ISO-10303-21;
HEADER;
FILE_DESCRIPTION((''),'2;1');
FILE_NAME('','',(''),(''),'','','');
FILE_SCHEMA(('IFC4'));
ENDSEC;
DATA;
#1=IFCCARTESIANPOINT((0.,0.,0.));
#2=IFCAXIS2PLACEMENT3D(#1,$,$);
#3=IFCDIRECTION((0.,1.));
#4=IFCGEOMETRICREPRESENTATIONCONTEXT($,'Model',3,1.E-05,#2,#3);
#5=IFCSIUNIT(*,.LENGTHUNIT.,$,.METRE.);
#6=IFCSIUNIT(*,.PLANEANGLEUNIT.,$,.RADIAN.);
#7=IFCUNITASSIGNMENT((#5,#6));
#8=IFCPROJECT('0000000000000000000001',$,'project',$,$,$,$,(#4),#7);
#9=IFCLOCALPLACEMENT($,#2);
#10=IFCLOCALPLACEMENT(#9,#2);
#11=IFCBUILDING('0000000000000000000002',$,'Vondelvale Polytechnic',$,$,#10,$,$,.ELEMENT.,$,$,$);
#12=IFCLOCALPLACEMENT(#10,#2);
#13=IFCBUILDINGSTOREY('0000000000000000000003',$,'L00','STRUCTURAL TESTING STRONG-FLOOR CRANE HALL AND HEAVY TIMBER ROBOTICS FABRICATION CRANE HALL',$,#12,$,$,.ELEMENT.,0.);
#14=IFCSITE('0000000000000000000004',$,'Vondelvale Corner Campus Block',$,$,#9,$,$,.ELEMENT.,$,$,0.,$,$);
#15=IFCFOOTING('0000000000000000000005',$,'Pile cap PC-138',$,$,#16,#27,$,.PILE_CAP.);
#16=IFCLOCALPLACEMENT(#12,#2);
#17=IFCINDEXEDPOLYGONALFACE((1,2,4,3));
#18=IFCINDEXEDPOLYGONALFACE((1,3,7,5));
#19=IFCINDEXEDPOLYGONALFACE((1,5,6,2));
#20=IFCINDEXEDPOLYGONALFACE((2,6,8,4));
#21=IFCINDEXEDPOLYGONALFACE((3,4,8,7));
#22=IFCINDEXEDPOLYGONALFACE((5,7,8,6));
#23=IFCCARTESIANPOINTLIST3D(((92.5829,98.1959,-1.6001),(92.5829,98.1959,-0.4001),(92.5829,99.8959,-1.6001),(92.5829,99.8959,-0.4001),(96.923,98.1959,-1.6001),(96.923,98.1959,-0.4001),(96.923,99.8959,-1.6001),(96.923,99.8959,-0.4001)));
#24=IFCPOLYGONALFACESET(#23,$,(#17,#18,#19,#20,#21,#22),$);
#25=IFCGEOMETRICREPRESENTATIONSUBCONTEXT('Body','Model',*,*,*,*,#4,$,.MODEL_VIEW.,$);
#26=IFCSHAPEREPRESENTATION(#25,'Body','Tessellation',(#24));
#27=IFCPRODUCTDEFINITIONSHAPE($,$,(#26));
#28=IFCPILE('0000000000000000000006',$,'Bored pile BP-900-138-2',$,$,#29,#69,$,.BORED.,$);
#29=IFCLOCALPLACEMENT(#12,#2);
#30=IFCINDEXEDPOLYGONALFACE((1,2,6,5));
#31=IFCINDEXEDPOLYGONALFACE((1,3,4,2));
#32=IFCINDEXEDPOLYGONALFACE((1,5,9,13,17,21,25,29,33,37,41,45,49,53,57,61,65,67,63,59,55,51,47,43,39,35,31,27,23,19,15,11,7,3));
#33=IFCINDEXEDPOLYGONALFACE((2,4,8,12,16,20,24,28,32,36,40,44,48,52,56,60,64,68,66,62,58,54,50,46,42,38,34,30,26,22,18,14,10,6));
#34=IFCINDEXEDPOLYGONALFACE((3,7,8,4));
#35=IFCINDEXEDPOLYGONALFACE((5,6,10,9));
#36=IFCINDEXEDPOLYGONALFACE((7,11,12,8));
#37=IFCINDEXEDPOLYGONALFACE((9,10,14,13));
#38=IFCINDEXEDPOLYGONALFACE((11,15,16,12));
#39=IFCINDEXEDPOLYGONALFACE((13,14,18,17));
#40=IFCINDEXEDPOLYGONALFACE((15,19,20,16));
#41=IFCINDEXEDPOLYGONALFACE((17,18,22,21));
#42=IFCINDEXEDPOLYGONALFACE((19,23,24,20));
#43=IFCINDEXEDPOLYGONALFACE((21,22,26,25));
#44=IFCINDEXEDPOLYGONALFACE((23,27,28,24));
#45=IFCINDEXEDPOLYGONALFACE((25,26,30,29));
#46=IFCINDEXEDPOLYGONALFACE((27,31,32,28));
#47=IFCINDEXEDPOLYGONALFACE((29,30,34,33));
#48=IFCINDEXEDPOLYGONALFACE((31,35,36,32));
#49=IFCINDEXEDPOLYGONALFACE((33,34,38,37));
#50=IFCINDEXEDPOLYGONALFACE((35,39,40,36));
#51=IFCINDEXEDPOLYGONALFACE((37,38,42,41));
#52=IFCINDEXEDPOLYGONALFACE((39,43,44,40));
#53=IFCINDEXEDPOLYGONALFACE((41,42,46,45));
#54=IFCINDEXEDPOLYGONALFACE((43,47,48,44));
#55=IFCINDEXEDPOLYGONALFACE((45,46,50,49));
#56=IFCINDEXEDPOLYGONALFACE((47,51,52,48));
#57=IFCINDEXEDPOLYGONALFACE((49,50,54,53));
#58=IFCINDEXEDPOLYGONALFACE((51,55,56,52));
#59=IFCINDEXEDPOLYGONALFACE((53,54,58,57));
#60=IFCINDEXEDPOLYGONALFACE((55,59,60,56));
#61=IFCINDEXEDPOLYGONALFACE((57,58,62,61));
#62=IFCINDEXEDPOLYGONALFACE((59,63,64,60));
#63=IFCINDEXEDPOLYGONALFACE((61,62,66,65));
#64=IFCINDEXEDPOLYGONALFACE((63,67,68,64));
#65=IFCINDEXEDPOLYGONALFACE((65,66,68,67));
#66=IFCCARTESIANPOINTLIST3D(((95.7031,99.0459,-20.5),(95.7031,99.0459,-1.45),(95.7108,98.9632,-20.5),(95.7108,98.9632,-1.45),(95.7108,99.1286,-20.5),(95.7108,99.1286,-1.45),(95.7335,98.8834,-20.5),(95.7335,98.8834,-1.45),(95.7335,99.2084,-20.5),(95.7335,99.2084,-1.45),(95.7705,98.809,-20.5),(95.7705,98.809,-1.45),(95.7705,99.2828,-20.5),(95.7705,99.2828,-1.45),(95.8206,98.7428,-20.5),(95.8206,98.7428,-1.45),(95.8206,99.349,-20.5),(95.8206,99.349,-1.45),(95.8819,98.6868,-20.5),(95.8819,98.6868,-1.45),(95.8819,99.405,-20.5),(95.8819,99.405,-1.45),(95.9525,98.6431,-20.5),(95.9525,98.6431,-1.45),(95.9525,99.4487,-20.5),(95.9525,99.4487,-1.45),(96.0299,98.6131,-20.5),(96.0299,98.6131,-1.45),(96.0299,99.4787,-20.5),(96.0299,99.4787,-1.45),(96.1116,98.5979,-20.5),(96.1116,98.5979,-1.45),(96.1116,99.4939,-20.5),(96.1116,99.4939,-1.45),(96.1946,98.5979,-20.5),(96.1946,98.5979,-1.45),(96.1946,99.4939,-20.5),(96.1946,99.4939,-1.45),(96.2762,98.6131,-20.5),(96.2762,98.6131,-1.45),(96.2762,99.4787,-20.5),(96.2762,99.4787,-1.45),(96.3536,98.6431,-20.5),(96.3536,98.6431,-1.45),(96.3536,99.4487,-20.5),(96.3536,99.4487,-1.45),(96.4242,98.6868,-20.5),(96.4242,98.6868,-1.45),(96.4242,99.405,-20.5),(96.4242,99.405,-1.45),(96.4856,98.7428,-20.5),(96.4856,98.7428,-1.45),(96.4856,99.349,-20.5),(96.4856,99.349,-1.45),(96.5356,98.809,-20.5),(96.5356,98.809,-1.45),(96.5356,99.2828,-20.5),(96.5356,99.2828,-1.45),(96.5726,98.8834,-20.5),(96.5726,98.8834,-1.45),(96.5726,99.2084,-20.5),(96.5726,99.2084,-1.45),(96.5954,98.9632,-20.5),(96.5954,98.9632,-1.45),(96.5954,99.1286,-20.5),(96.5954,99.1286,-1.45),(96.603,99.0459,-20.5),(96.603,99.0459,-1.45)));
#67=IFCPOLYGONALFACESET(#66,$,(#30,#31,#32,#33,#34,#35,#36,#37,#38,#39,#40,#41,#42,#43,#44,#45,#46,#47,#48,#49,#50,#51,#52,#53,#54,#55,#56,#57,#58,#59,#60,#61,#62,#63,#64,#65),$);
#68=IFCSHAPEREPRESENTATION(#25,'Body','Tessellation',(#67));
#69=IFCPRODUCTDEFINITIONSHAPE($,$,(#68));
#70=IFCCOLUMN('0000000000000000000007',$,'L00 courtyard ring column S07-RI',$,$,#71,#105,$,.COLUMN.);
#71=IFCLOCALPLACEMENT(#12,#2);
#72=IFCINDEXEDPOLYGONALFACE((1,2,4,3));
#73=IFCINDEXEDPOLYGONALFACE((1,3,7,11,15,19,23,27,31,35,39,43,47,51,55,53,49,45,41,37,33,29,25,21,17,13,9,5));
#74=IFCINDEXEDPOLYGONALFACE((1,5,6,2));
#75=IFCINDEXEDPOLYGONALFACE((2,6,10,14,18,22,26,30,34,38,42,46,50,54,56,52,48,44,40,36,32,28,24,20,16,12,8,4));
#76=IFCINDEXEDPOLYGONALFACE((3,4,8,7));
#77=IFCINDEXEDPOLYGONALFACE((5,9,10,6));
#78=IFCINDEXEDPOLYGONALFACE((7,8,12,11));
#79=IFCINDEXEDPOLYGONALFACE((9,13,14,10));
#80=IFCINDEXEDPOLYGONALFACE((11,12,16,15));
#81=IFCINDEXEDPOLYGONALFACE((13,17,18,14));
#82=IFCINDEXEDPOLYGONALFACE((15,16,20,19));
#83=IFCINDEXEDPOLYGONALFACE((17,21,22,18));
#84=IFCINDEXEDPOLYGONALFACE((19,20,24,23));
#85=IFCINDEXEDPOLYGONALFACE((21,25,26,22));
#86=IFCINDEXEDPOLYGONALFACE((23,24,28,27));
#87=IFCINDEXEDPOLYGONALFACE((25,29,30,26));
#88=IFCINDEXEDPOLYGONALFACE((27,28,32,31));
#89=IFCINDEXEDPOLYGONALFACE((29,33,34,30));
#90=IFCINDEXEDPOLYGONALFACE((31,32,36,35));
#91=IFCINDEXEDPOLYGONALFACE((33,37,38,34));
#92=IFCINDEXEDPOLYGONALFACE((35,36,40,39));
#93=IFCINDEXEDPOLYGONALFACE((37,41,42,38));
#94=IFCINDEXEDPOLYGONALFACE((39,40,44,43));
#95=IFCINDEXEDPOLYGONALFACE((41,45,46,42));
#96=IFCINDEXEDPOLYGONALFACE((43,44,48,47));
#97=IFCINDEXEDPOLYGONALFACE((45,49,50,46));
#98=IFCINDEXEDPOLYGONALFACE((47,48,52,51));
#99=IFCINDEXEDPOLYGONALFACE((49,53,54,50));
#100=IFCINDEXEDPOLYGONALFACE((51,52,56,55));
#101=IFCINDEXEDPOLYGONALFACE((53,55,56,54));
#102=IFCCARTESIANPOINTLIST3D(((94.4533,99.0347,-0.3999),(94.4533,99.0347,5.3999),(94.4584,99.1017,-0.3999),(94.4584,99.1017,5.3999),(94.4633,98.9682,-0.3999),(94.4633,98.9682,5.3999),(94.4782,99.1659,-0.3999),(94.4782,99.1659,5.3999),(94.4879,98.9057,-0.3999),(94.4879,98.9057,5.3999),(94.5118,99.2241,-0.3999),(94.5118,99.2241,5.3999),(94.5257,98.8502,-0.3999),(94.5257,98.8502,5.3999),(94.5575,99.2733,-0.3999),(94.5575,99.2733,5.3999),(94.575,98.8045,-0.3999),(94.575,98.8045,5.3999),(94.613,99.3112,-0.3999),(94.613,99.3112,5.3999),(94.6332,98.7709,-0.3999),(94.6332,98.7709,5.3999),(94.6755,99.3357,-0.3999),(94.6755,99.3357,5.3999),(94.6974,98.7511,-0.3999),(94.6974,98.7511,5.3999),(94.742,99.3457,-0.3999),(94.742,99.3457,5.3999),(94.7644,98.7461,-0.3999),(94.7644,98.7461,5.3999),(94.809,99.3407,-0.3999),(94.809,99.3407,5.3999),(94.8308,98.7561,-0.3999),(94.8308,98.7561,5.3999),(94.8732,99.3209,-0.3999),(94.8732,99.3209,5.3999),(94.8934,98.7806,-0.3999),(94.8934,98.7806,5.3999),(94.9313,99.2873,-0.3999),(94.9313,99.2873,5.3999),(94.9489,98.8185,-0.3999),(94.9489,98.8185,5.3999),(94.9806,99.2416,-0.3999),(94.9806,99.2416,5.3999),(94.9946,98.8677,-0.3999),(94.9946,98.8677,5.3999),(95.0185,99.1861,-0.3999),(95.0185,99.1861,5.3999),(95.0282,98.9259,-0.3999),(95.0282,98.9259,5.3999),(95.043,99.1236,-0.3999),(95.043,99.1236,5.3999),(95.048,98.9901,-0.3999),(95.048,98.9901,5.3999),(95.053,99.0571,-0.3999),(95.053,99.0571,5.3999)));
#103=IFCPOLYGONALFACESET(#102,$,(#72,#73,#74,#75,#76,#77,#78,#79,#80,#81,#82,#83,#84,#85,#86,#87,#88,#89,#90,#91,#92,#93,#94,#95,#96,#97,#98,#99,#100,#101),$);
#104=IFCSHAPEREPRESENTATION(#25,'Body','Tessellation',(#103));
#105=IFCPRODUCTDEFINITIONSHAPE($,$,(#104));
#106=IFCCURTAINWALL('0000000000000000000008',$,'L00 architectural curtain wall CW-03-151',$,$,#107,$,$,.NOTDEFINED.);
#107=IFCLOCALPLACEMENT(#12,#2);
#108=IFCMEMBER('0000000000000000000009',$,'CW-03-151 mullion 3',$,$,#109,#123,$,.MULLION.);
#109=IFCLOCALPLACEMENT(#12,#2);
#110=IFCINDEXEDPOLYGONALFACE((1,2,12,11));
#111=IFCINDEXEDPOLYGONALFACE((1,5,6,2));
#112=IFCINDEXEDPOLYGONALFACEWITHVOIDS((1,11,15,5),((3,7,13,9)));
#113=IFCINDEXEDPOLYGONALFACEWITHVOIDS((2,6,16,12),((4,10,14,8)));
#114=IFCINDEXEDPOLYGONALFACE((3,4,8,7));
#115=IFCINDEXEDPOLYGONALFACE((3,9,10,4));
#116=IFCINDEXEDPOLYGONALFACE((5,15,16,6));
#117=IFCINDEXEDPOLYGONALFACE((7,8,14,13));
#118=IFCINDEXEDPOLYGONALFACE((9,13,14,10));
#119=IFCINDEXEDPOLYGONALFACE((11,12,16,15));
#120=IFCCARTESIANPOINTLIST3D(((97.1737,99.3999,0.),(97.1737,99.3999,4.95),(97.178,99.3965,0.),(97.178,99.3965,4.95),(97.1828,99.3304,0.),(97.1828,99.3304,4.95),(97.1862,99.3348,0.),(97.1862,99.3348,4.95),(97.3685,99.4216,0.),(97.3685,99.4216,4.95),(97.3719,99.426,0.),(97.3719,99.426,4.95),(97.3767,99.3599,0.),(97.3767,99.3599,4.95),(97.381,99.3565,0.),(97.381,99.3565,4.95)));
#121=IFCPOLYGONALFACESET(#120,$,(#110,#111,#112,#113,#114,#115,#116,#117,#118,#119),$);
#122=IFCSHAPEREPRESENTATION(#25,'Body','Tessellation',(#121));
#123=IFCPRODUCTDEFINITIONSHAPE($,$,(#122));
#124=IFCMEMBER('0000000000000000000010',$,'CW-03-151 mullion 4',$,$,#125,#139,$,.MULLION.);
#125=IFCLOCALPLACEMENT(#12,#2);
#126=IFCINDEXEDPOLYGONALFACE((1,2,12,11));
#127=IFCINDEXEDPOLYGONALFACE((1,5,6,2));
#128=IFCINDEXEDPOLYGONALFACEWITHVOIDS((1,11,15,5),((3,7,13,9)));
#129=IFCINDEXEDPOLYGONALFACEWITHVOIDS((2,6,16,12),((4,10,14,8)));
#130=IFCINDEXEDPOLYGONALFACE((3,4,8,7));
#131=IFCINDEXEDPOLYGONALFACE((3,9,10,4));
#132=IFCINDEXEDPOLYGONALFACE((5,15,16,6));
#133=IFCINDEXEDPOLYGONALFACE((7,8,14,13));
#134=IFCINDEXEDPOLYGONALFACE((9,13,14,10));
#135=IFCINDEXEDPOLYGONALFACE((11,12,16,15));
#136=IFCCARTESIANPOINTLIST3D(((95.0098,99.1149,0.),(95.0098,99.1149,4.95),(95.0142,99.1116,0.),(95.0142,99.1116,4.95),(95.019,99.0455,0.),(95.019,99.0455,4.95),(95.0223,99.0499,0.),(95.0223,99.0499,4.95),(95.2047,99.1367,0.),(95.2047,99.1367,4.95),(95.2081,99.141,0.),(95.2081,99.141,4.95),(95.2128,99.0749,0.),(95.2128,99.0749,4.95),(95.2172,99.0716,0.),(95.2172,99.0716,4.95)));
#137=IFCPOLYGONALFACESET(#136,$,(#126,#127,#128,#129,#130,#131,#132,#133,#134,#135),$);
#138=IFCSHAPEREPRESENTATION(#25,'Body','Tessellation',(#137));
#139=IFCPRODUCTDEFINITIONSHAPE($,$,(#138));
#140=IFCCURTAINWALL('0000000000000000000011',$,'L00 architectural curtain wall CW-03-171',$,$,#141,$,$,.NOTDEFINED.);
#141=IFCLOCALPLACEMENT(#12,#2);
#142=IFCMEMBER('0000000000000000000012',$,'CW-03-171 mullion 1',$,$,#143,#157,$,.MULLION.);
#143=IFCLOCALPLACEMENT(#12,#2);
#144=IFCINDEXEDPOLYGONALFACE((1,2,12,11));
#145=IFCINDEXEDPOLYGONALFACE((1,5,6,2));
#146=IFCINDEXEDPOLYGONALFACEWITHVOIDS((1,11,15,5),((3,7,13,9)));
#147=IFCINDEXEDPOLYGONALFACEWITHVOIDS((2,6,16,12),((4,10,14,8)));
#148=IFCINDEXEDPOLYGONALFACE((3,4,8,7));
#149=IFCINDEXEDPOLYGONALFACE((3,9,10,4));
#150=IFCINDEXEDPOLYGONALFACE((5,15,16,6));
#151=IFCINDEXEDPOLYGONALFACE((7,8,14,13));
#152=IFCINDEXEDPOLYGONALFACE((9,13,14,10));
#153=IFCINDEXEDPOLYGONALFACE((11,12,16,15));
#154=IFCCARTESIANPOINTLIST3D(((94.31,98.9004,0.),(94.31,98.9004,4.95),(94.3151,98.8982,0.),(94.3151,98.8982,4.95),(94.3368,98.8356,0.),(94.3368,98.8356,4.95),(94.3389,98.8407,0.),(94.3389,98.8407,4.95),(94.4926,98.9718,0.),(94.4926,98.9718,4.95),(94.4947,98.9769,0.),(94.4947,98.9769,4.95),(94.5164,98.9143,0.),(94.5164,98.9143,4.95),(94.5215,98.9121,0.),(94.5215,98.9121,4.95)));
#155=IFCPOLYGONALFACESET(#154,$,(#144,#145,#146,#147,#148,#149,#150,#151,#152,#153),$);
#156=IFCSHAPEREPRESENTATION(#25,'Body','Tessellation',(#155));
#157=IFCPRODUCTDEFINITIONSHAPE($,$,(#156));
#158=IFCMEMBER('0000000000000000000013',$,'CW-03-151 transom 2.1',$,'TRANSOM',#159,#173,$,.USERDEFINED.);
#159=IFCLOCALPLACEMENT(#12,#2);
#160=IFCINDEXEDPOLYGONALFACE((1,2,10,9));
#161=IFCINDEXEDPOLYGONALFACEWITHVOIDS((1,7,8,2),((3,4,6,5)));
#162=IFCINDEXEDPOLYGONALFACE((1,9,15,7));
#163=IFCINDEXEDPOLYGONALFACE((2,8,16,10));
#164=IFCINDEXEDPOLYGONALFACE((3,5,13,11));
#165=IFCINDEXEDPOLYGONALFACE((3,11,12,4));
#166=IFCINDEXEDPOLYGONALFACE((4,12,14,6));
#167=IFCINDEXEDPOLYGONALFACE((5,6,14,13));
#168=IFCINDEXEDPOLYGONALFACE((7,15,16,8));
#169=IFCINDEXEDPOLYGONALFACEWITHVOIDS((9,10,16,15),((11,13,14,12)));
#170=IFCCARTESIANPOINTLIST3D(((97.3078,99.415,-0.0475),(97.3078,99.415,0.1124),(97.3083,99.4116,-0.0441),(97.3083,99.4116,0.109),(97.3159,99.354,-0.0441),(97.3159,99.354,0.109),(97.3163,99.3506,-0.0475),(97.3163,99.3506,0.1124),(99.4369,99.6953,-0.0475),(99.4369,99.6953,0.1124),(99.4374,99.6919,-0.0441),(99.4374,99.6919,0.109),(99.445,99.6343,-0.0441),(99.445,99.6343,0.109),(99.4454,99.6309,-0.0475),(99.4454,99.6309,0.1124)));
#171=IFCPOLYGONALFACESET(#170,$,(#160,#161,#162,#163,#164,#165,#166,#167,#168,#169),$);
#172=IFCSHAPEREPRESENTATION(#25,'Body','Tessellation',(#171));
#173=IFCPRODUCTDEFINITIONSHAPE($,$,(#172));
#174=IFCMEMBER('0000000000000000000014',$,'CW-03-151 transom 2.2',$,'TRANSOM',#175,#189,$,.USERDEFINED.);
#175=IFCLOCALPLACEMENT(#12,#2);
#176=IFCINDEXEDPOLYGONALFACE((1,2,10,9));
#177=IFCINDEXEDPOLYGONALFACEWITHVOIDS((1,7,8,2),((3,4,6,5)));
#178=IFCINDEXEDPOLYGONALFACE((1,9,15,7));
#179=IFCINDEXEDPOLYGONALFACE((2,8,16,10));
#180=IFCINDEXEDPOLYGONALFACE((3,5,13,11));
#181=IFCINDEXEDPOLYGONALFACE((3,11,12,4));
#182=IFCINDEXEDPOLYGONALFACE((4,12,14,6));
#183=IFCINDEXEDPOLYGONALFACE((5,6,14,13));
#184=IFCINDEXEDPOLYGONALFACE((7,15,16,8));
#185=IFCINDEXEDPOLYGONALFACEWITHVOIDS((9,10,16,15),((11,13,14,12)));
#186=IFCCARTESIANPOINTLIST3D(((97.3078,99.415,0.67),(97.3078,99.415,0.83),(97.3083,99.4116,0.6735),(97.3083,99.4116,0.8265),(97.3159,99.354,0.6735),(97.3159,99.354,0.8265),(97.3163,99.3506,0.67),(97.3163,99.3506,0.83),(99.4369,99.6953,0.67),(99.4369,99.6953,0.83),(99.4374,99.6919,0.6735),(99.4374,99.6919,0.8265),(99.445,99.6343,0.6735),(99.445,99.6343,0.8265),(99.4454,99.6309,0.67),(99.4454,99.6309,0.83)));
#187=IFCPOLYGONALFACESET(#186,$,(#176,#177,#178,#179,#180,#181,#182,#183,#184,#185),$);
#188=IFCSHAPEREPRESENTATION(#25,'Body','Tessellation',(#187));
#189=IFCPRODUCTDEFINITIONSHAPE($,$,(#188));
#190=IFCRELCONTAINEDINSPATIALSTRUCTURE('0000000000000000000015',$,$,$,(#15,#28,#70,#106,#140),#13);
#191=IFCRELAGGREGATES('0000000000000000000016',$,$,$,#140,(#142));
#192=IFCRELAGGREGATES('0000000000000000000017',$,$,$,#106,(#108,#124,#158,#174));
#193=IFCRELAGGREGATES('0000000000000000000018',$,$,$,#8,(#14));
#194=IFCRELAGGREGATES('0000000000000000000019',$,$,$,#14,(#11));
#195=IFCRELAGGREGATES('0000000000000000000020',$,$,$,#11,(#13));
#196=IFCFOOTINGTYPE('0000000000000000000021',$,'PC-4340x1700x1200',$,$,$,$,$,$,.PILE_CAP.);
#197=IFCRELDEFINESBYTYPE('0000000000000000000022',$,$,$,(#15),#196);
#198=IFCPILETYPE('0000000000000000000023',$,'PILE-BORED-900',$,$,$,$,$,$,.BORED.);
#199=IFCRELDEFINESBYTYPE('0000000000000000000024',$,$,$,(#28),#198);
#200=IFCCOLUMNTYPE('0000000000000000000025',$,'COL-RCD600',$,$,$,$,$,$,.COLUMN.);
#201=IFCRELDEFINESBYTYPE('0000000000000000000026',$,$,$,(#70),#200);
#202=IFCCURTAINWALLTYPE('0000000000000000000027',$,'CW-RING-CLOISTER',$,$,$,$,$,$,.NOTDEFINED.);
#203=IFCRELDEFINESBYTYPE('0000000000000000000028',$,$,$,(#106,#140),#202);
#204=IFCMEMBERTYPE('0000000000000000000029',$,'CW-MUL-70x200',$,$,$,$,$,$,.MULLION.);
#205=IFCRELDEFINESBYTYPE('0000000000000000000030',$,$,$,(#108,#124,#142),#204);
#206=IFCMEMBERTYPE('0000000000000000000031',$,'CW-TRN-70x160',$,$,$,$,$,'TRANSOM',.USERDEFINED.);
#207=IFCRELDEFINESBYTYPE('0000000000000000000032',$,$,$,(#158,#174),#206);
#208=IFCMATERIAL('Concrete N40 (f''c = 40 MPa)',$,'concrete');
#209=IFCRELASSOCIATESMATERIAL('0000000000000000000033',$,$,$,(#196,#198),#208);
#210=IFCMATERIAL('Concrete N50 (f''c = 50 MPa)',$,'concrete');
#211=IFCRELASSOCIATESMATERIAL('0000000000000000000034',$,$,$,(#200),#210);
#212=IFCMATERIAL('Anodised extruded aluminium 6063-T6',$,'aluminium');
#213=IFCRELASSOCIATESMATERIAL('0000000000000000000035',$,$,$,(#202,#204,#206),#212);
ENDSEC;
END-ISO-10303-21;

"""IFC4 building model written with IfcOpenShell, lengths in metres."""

from ifc_helpers import new_model, si_unit, direction, frame, origin, origin_2d, place, context, subcontext, project, spatial, rectangle, hollow_rectangle, circle, extrude, material, material_profile, profile_set, type_object, element, aggregate, save


model = new_model("IFC4")

# Units and contexts
model_context = context("Model", 3, precision=1e-05, world=origin(), true_north=direction((0.0, 1.0)))
body_context = subcontext(model_context, "Body", "Model", "MODEL_VIEW")
ifc_project = project(units=[si_unit("LENGTHUNIT", "METRE"), si_unit("PLANEANGLEUNIT", "RADIAN")], contexts=[model_context])

# Site, building, storey
site_placement = place(None, origin())
site = spatial("IfcSite", under=ifc_project, at=site_placement, Name="Vondelvale Corner Campus Block", CompositionType="ELEMENT", RefElevation=0.0)
building_placement = place(site_placement, origin())
building = spatial("IfcBuilding", under=site, at=building_placement, Name="Vondelvale Polytechnic", CompositionType="ELEMENT")
storey_placement = place(building_placement, origin())
storey = spatial("IfcBuildingStorey", under=building, at=storey_placement, Name="L00", Description="STRUCTURAL TESTING STRONG-FLOOR CRANE HALL AND HEAVY TIMBER ROBOTICS FABRICATION CRANE HALL", CompositionType="ELEMENT", Elevation=0.0)

# Footing
ifc_material_1 = material(Name="Concrete N40 (f'c = 40 MPa)", Category="concrete")
footing_type = type_object("IfcFootingType", Name="PC-4340x1700x1200", PredefinedType="PILE_CAP", material=ifc_material_1)
footing_placement = place(storey_placement, frame((94.7529, 99.0459, -1.6001), z_axis=(0.0, 0.0, 1.0), x_axis=(1.0, 0.0, 0.0)))
element("IfcFooting", 1, at=footing_placement, inside=storey, type_object=footing_type, Name="Pile cap PC-138", PredefinedType="PILE_CAP", context=body_context, shape_type="SweptSolid", body=[
    extrude(rectangle(XDim=4.3401, YDim=1.7, at=origin_2d()), origin(), (0.0, 0.0, 1.0), 1.2),
])

# Pile
ifc_material_profile_1 = material_profile(ifc_material_1, circle(Radius=0.45, at=origin_2d()), Name="PILE-D900")
ifc_profile_set_1 = profile_set([ifc_material_profile_1], Name="Concrete N40 (f'c = 40 MPa)")
pile_type = type_object("IfcPileType", Name="PILE-BORED-900", PredefinedType="BORED", material=ifc_profile_set_1)
pile_placement = place(storey_placement, frame((96.1531, 99.0459, -1.45), z_axis=(0.0, 0.0, -1.0), x_axis=(1.0, 0.0, 0.0)))
element("IfcPile", 2, at=pile_placement, inside=storey, type_object=pile_type, Name="Bored pile BP-900-138-2", PredefinedType="BORED", context=body_context, shape_type="SweptSolid", body=[
    extrude(circle(Radius=0.45, at=origin_2d()), origin(), (0.0, 0.0, 1.0), 19.05),
])

# Column
ifc_material_2 = material(Name="Concrete N50 (f'c = 50 MPa)", Category="concrete")
ifc_material_profile_2 = material_profile(ifc_material_2, circle(Radius=0.3, at=origin_2d()), Name="RC-COL-D600")
ifc_profile_set_2 = profile_set([ifc_material_profile_2], Name="Concrete N50 (f'c = 50 MPa)")
column_type = type_object("IfcColumnType", Name="COL-RCD600", PredefinedType="COLUMN", material=ifc_profile_set_2)
column_placement = place(storey_placement, frame((94.7532, 99.0459, -0.3999), z_axis=(0.0, 0.0, 1.0), x_axis=(-0.258819, 0.965926, 0.0)))
element("IfcColumn", 3, at=column_placement, inside=storey, type_object=column_type, Name="L00 courtyard ring column S07-RI", PredefinedType="COLUMN", context=body_context, shape_type="SweptSolid", body=[
    extrude(circle(Radius=0.3, at=origin_2d()), origin(), (0.0, 0.0, 1.0), 5.7998),
])

# Curtain wall, members
ifc_material_3 = material(Name="Anodised extruded aluminium 6063-T6", Category="aluminium")
curtain_wall_type = type_object("IfcCurtainWallType", Name="CW-RING-CLOISTER", PredefinedType="NOTDEFINED", material=ifc_material_3)
curtain_wall_1_placement = place(storey_placement, origin())
curtain_wall_1 = element("IfcCurtainWall", 4, at=curtain_wall_1_placement, inside=storey, type_object=curtain_wall_type, Name="L00 architectural curtain wall CW-03-151", PredefinedType="NOTDEFINED")
ifc_material_profile_3 = material_profile(ifc_material_3, hollow_rectangle(XDim=0.0701, YDim=0.2, WallThickness=0.0039, at=origin_2d()), Name="CW-MUL-200x70")
ifc_profile_set_3 = profile_set([ifc_material_profile_3], Name="Anodised extruded aluminium 6063-T6")
member_type_1 = type_object("IfcMemberType", Name="CW-MUL-70x200", PredefinedType="MULLION", material=ifc_profile_set_3)
member_1_placement = place(storey_placement, frame((97.2773, 99.3782, 0.0), z_axis=(0.0, 0.0, 1.0), x_axis=(0.130528, -0.991445, 0.0)))
member_1 = element("IfcMember", 5, at=member_1_placement, type_object=member_type_1, Name="CW-03-151 mullion 3", PredefinedType="MULLION", context=body_context, shape_type="SweptSolid", body=[
    extrude(hollow_rectangle(XDim=0.0701, YDim=0.2, WallThickness=0.0039, at=origin_2d()), origin(), (0.0, 0.0, 1.0), 4.95),
])
member_2_placement = place(storey_placement, frame((95.1135, 99.0933, 0.0), z_axis=(0.0, 0.0, 1.0), x_axis=(0.130528, -0.991445, 0.0)))
member_2 = element("IfcMember", 6, at=member_2_placement, type_object=member_type_1, Name="CW-03-151 mullion 4", PredefinedType="MULLION", context=body_context, shape_type="SweptSolid", body=[
    extrude(hollow_rectangle(XDim=0.0701, YDim=0.2, WallThickness=0.0039, at=origin_2d()), origin(), (0.0, 0.0, 1.0), 4.95),
])

# Curtain wall, member
curtain_wall_2_placement = place(storey_placement, origin())
curtain_wall_2 = element("IfcCurtainWall", 7, at=curtain_wall_2_placement, inside=storey, type_object=curtain_wall_type, Name="L00 architectural curtain wall CW-03-171", PredefinedType="NOTDEFINED")
member_3_placement = place(storey_placement, frame((94.4158, 98.9062, 0.0), z_axis=(0.0, 0.0, 1.0), x_axis=(0.382679, -0.923882, 0.0)))
member_3 = element("IfcMember", 8, at=member_3_placement, type_object=member_type_1, Name="CW-03-171 mullion 1", PredefinedType="MULLION", context=body_context, shape_type="SweptSolid", body=[
    extrude(hollow_rectangle(XDim=0.0701, YDim=0.2, WallThickness=0.0039, at=origin_2d()), origin(), (0.0, 0.0, 1.0), 4.95),
])

# Members
ifc_material_profile_4 = material_profile(ifc_material_3, hollow_rectangle(XDim=0.0649, YDim=0.1599, WallThickness=0.0034, at=origin_2d()), Name="CW-TRN-160x65")
ifc_profile_set_4 = profile_set([ifc_material_profile_4], Name="Anodised extruded aluminium 6063-T6")
member_type_2 = type_object("IfcMemberType", Name="CW-TRN-70x160", ElementType="TRANSOM", PredefinedType="USERDEFINED", material=ifc_profile_set_4)
member_4_placement = place(storey_placement, frame((99.4412, 99.6631, 0.0325), z_axis=(-0.991447, -0.13051, 0.0), x_axis=(0.13051, -0.991447, 0.0)))
member_4 = element("IfcMember", 9, at=member_4_placement, type_object=member_type_2, Name="CW-03-151 transom 2.1", ObjectType="TRANSOM", PredefinedType="USERDEFINED", context=body_context, shape_type="SweptSolid", body=[
    extrude(hollow_rectangle(XDim=0.0649, YDim=0.1599, WallThickness=0.0034, at=origin_2d()), origin(), (0.0, 0.0, 1.0), 2.1475),
])
member_5_placement = place(storey_placement, frame((99.4412, 99.6631, 0.75), z_axis=(-0.991447, -0.13051, 0.0), x_axis=(0.13051, -0.991447, 0.0)))
member_5 = element("IfcMember", 10, at=member_5_placement, type_object=member_type_2, Name="CW-03-151 transom 2.2", ObjectType="TRANSOM", PredefinedType="USERDEFINED", context=body_context, shape_type="SweptSolid", body=[
    extrude(hollow_rectangle(XDim=0.0649, YDim=0.1599, WallThickness=0.0034, at=origin_2d()), origin(), (0.0, 0.0, 1.0), 2.1475),
])
aggregate(curtain_wall_2, [member_3])

aggregate(curtain_wall_1, [member_1, member_2, member_4, member_5])

save(model, "model.ifc")
